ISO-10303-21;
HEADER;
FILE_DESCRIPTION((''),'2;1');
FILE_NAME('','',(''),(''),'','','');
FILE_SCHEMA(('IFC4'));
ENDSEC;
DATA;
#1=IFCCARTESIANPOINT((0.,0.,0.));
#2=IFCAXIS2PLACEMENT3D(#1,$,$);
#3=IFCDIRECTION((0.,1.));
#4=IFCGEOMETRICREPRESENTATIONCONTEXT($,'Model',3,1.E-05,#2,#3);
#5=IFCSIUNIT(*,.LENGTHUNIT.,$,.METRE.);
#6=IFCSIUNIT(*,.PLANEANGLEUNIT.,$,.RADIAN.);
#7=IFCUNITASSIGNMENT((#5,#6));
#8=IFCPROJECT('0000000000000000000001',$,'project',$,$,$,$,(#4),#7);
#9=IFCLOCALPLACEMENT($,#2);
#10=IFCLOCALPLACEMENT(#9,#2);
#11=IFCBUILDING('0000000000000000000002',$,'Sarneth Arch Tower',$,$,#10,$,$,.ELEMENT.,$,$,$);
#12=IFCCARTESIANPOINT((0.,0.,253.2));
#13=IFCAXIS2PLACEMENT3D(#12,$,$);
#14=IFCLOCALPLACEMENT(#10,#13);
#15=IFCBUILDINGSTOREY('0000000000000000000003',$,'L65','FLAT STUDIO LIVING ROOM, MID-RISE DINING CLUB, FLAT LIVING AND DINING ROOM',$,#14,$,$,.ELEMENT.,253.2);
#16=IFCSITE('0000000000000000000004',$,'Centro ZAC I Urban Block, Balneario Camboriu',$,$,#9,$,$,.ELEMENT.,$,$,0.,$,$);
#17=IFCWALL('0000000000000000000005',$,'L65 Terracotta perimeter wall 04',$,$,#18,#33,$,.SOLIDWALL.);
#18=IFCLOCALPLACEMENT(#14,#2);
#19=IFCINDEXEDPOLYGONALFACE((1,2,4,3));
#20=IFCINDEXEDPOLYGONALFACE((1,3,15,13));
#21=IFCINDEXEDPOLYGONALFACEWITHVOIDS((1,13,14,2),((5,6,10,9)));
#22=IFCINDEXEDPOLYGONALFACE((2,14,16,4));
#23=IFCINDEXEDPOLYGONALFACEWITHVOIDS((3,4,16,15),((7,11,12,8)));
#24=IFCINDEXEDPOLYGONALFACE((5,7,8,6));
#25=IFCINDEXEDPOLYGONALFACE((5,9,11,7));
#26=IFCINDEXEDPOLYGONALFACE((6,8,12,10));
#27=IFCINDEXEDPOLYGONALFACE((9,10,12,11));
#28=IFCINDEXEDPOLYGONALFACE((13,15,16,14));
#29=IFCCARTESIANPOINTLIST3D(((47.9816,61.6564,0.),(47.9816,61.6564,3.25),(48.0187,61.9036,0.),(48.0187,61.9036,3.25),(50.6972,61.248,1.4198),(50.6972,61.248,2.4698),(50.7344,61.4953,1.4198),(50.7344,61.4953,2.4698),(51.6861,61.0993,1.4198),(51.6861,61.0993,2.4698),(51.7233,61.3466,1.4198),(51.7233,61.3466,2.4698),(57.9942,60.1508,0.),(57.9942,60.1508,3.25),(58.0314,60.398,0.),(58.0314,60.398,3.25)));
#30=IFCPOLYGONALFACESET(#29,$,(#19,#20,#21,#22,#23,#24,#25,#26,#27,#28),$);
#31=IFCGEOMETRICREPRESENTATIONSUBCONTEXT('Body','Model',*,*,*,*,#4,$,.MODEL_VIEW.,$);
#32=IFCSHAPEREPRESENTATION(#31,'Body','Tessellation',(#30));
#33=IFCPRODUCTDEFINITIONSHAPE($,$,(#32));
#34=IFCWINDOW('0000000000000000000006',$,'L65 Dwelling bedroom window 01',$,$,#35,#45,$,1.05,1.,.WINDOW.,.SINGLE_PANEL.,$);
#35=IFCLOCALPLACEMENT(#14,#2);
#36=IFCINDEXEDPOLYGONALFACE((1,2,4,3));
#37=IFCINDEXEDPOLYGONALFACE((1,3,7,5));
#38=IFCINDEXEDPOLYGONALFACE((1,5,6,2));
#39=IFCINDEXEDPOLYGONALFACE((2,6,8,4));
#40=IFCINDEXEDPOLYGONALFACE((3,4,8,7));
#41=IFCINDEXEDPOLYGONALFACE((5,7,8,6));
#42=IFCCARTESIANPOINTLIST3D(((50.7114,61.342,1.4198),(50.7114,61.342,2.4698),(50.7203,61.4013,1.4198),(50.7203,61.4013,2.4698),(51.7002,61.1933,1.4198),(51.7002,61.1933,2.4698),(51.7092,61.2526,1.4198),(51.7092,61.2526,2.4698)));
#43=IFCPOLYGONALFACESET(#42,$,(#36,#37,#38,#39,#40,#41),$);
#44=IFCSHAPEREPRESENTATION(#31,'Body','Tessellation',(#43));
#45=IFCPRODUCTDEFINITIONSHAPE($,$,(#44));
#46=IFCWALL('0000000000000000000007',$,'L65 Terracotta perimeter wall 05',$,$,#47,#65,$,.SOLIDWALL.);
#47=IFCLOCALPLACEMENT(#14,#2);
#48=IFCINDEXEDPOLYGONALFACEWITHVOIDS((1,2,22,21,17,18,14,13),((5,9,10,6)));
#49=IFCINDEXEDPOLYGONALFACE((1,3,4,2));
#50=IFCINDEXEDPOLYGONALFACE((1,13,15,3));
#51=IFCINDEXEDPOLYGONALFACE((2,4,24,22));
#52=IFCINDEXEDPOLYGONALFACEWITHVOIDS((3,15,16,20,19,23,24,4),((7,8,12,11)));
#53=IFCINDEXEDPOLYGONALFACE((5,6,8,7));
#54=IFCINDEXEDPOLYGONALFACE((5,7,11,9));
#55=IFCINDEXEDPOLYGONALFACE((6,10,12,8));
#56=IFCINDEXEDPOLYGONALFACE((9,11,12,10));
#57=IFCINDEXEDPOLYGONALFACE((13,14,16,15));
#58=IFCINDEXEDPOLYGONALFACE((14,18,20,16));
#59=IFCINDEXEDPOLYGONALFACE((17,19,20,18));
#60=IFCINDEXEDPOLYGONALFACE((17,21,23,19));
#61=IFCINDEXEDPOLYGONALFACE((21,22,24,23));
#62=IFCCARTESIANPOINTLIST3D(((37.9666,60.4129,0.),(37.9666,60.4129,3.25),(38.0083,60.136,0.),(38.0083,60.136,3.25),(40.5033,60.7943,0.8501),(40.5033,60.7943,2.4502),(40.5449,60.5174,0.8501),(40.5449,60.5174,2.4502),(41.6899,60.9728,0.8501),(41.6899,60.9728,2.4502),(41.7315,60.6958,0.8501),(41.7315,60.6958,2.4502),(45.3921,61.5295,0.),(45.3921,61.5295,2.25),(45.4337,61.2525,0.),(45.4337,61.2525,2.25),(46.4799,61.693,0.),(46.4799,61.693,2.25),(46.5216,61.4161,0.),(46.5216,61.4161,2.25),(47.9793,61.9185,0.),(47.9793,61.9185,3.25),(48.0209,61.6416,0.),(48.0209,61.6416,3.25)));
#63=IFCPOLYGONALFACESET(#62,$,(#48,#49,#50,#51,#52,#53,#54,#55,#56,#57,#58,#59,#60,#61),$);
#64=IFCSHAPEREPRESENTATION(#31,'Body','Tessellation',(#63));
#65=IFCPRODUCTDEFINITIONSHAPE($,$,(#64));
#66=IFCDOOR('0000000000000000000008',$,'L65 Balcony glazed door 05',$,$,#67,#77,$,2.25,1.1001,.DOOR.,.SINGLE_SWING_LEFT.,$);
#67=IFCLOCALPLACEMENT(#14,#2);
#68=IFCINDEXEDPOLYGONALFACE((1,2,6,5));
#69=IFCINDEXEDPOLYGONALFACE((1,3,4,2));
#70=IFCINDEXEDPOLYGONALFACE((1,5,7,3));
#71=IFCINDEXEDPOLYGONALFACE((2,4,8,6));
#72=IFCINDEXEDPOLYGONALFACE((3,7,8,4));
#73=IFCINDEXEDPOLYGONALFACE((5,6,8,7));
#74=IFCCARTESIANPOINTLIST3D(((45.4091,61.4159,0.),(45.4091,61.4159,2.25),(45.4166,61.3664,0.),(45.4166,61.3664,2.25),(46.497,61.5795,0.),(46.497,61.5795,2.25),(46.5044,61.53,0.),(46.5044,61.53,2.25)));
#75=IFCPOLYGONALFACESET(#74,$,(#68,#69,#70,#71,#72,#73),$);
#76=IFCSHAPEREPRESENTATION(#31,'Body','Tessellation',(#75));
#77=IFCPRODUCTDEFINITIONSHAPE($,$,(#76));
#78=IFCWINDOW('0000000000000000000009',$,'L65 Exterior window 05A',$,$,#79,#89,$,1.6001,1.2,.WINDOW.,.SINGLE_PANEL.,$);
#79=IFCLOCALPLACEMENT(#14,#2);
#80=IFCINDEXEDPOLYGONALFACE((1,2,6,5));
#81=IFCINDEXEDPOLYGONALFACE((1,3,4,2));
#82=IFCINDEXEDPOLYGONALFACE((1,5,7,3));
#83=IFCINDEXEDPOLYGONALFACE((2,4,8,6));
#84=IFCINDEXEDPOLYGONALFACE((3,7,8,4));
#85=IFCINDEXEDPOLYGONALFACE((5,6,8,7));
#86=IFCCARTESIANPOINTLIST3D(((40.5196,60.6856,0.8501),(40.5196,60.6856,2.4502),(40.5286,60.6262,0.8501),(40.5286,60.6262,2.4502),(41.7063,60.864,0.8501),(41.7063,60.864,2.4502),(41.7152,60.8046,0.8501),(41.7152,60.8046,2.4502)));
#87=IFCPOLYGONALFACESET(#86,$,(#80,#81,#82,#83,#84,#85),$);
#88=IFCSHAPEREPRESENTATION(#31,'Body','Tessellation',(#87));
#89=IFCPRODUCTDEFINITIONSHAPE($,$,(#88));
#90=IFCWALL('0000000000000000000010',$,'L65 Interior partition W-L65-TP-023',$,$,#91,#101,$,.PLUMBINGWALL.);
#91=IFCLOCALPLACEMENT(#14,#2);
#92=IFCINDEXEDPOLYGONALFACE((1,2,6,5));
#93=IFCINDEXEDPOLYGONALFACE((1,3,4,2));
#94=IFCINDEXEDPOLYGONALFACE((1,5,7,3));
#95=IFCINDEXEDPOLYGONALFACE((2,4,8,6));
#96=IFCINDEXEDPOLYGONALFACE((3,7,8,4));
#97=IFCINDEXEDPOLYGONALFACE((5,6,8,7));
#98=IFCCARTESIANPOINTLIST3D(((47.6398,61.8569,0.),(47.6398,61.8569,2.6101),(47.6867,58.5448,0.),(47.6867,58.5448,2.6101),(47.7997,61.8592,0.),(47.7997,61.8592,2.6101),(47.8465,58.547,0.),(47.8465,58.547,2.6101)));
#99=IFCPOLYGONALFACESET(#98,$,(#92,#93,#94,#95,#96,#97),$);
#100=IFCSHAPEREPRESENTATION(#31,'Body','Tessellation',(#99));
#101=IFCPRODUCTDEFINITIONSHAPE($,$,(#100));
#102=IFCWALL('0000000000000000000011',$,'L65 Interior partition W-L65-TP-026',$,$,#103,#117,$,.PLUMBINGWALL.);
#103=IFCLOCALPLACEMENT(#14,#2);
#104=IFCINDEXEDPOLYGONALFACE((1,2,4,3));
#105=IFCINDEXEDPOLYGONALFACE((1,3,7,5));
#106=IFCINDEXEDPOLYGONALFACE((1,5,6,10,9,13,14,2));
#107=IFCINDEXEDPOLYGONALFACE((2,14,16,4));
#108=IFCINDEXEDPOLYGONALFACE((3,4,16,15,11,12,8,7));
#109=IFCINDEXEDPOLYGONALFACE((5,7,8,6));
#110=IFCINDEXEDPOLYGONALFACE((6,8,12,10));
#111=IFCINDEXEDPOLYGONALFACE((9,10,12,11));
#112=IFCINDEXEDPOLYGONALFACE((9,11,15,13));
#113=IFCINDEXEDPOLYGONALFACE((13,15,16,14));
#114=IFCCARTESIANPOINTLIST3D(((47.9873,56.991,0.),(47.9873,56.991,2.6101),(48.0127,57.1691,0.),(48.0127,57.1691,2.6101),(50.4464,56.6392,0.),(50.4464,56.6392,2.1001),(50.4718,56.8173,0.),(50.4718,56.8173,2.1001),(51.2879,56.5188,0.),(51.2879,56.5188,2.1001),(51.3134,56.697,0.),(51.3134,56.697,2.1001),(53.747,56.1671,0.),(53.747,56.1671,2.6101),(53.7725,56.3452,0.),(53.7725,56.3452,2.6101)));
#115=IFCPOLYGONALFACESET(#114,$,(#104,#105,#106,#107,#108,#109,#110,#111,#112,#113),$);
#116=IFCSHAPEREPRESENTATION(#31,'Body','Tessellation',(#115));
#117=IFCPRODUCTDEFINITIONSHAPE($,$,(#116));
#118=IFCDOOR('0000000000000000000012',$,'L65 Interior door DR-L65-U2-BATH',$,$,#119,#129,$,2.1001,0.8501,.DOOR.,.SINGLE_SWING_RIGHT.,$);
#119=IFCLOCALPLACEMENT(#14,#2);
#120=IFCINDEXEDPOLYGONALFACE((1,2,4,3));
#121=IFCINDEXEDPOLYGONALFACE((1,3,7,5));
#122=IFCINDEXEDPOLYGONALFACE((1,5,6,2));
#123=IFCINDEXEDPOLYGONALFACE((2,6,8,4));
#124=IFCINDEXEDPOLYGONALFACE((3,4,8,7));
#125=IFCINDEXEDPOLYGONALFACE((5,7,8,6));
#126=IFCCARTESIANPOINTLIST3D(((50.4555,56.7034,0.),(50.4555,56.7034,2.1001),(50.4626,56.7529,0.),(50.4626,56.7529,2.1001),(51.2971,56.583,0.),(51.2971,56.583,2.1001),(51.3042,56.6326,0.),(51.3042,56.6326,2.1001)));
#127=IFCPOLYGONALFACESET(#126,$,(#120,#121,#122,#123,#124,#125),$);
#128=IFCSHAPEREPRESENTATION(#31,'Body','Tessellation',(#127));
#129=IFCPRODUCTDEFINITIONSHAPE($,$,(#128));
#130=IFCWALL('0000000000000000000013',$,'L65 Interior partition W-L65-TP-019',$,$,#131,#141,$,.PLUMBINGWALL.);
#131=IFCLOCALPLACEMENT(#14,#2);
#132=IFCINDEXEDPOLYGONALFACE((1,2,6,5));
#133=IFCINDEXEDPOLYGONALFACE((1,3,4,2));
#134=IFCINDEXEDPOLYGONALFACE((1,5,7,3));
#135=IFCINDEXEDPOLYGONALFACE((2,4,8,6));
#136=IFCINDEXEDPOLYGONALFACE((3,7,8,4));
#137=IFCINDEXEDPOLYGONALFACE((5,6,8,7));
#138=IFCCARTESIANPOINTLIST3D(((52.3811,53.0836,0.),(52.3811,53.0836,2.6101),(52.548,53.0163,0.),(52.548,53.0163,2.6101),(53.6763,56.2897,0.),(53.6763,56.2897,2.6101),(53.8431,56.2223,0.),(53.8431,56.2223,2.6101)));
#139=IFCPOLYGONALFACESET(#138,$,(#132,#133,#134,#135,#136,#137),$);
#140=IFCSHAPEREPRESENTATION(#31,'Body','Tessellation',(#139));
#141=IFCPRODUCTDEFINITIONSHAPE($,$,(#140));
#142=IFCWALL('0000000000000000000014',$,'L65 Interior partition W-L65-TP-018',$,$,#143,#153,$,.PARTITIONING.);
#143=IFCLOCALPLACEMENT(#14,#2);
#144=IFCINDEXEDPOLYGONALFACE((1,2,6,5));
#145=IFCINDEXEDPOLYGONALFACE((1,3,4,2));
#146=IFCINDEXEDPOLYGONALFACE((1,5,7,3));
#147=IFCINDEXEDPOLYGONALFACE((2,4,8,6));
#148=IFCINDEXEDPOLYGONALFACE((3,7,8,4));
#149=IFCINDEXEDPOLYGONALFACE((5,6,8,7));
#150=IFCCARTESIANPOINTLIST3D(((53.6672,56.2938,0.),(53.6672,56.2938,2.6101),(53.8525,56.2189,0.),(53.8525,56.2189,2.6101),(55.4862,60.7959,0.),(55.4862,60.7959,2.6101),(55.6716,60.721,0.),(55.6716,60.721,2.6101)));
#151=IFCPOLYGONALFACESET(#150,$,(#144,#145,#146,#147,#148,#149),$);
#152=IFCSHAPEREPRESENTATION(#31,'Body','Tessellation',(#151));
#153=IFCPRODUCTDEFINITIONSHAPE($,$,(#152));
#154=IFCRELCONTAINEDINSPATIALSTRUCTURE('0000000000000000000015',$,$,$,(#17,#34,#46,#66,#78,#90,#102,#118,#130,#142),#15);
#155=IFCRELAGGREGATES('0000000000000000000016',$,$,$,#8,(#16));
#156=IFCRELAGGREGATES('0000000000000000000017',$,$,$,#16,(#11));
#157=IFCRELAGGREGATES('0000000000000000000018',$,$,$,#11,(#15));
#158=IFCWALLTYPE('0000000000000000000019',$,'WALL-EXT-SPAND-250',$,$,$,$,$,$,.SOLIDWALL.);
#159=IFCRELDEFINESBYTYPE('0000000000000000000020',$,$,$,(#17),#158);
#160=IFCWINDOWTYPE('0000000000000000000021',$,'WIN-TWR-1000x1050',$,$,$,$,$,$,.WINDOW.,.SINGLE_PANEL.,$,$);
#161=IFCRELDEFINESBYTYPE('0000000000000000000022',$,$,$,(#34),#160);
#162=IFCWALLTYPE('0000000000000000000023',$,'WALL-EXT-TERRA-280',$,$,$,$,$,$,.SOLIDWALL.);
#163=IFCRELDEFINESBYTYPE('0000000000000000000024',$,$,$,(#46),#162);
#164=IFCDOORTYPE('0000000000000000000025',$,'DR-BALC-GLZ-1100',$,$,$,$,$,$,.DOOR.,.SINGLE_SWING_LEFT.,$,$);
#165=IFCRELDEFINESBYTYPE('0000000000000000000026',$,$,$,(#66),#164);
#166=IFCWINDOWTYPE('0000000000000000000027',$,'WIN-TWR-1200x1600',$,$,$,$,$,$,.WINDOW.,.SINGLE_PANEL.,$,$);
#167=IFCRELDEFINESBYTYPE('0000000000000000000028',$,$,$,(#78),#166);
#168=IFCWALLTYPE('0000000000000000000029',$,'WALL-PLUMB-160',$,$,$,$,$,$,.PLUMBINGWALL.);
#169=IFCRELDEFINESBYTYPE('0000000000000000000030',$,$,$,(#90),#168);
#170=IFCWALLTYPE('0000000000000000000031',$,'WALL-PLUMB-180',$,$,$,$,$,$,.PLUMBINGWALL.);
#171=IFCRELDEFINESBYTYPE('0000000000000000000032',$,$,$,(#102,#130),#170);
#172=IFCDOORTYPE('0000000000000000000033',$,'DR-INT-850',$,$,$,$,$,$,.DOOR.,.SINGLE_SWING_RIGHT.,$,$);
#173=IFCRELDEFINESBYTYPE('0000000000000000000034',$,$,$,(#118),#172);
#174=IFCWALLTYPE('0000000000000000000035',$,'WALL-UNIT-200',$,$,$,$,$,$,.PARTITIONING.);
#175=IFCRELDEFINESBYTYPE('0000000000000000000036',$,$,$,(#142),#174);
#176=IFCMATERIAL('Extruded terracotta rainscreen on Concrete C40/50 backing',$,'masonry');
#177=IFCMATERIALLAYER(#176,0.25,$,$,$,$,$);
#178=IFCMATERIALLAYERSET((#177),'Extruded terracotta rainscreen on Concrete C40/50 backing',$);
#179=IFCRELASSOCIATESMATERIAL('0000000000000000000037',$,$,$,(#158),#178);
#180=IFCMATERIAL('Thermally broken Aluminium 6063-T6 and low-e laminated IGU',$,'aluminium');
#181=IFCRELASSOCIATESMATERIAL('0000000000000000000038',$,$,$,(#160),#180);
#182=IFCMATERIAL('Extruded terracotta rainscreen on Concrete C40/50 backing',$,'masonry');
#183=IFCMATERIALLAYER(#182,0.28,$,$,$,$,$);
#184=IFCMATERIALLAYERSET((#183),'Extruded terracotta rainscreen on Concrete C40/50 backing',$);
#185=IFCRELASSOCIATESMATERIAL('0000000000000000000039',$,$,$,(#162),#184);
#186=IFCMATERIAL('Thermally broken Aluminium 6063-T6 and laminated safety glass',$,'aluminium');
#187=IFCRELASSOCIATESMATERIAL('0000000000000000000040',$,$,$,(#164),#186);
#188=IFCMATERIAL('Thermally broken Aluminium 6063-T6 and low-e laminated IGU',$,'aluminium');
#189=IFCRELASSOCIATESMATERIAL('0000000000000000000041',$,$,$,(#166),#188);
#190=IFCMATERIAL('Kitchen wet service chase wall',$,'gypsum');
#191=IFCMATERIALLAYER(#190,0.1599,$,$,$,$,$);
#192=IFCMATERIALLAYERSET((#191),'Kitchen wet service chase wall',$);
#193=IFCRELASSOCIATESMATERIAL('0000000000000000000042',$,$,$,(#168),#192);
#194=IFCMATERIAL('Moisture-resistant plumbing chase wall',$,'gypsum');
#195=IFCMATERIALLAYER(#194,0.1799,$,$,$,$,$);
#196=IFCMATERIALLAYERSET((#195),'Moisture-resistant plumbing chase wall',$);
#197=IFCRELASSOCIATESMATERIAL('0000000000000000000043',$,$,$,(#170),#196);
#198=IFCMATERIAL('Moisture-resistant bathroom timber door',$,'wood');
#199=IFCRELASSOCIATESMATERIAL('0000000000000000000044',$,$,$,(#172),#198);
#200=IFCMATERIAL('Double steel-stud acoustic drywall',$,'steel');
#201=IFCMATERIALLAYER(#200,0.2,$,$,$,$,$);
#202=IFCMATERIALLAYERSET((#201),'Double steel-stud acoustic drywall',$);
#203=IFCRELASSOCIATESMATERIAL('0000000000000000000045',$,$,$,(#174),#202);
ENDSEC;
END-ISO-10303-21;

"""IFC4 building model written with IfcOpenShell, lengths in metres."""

from ifc_helpers import new_model, si_unit, direction, frame, frame_2d, origin, place, context, subcontext, project, spatial, rectangle, extrude, material, layer, layer_set, type_object, element, fill, save


model = new_model("IFC4")

# Units and contexts
model_context = context("Model", 3, precision=1e-05, world=origin(), true_north=direction((0.0, 1.0)))
body_context = subcontext(model_context, "Body", "Model", "MODEL_VIEW")
ifc_project = project(units=[si_unit("LENGTHUNIT", "METRE"), si_unit("PLANEANGLEUNIT", "RADIAN")], contexts=[model_context])

# Site, building, storey
site_placement = place(None, origin())
site = spatial("IfcSite", under=ifc_project, at=site_placement, Name="Centro ZAC I Urban Block, Balneario Camboriu", CompositionType="ELEMENT", RefElevation=0.0)
building_placement = place(site_placement, origin())
building = spatial("IfcBuilding", under=site, at=building_placement, Name="Sarneth Arch Tower", CompositionType="ELEMENT")
storey_placement = place(building_placement, frame((0.0, 0.0, 253.2)))
storey = spatial("IfcBuildingStorey", under=building, at=storey_placement, Name="L65", Description="FLAT STUDIO LIVING ROOM, MID-RISE DINING CLUB, FLAT LIVING AND DINING ROOM", CompositionType="ELEMENT", Elevation=253.2)

# Wall, opening, window
ifc_material_1 = material(Name="Extruded terracotta rainscreen on Concrete C40/50 backing", Category="masonry")
ifc_layer_1 = layer(ifc_material_1, 0.25)
ifc_layer_set_1 = layer_set([ifc_layer_1], Name="Extruded terracotta rainscreen on Concrete C40/50 backing")
wall_type_1 = type_object("IfcWallType", Name="WALL-EXT-SPAND-250", PredefinedType="SOLIDWALL", material=ifc_layer_set_1)
wall_1_placement = place(storey_placement, frame((58.0127, 60.2744, 0.0), z_axis=(0.0, 0.0, 1.0), x_axis=(-0.988883, 0.148699, 0.0)))
wall_1 = element("IfcWall", 1, at=wall_1_placement, inside=storey, type_object=wall_type_1, Name="L65 Terracotta perimeter wall 04", PredefinedType="SOLIDWALL", context=body_context, shape_type="SweptSolid", body=[
    extrude(rectangle(XDim=10.1252, YDim=0.25, at=frame_2d((5.0625, 0.0))), origin(), (0.0, 0.0, 1.0), 3.25),
])
opening_1_placement = place(wall_1_placement, frame((6.3789, 0.0, 1.4199)))
opening_1 = element("IfcOpeningElement", 2, at=opening_1_placement, cuts=wall_1, PredefinedType="OPENING", context=body_context, shape_type="SweptSolid", body=[
    extrude(rectangle(XDim=1.0, YDim=1.05, at=frame_2d((0.5, 0.5249))), frame((0.0, 0.135, 0.0), z_axis=(0.0, -1.0, 0.0), x_axis=(1.0, 0.0, 0.0)), (0.0, 0.0, 1.0), 0.27),
])
ifc_material_2 = material(Name="Thermally broken Aluminium 6063-T6 and low-e laminated IGU", Category="aluminium")
window_type_1 = type_object("IfcWindowType", Name="WIN-TWR-1000x1050", PartitioningType="SINGLE_PANEL", PredefinedType="WINDOW", material=ifc_material_2)
window_1_placement = place(opening_1_placement, origin())
window_1 = element("IfcWindow", 3, at=window_1_placement, inside=storey, type_object=window_type_1, Name="L65 Dwelling bedroom window 01", OverallHeight=1.05, OverallWidth=1.0, PartitioningType="SINGLE_PANEL", PredefinedType="WINDOW", context=body_context, shape_type="SweptSolid", body=[
    extrude(rectangle(XDim=1.0, YDim=1.05, at=frame_2d((0.5, 0.5249))), frame((0.0, 0.03, 0.0), z_axis=(0.0, -1.0, 0.0), x_axis=(1.0, 0.0, 0.0)), (0.0, 0.0, 1.0), 0.0601),
])
fill(opening_1, window_1)

# Wall, openings, door, window
ifc_material_3 = material(Name="Extruded terracotta rainscreen on Concrete C40/50 backing", Category="masonry")
ifc_layer_2 = layer(ifc_material_3, 0.28)
ifc_layer_set_2 = layer_set([ifc_layer_2], Name="Extruded terracotta rainscreen on Concrete C40/50 backing")
wall_type_2 = type_object("IfcWallType", Name="WALL-EXT-TERRA-280", PredefinedType="SOLIDWALL", material=ifc_layer_set_2)
wall_2_placement = place(storey_placement, frame((48.0, 61.78, 0.0), z_axis=(0.0, 0.0, 1.0), x_axis=(-0.988883, -0.148699, 0.0)))
wall_2 = element("IfcWall", 4, at=wall_2_placement, inside=storey, type_object=wall_type_2, Name="L65 Terracotta perimeter wall 05", PredefinedType="SOLIDWALL", context=body_context, shape_type="SweptSolid", body=[
    extrude(rectangle(XDim=10.1252, YDim=0.28, at=frame_2d((5.0625, 0.0))), origin(), (0.0, 0.0, 1.0), 3.25),
])
opening_2_placement = place(wall_2_placement, frame((1.5161, 0.0, 0.0)))
opening_2 = element("IfcOpeningElement", 5, at=opening_2_placement, cuts=wall_2, PredefinedType="OPENING", context=body_context, shape_type="SweptSolid", body=[
    extrude(rectangle(XDim=1.1001, YDim=2.25, at=frame_2d((0.55, 1.125))), frame((0.0, 0.1499, 0.0), z_axis=(0.0, -1.0, 0.0), x_axis=(1.0, 0.0, 0.0)), (0.0, 0.0, 1.0), 0.3),
])
opening_3_placement = place(wall_2_placement, frame((6.3599, 0.0, 0.8501)))
opening_3 = element("IfcOpeningElement", 6, at=opening_3_placement, cuts=wall_2, PredefinedType="OPENING", context=body_context, shape_type="SweptSolid", body=[
    extrude(rectangle(XDim=1.2, YDim=1.6001, at=frame_2d((0.6001, 0.8))), frame((0.0, 0.1499, 0.0), z_axis=(0.0, -1.0, 0.0), x_axis=(1.0, 0.0, 0.0)), (0.0, 0.0, 1.0), 0.3),
])
ifc_material_4 = material(Name="Thermally broken Aluminium 6063-T6 and laminated safety glass", Category="aluminium")
door_type_1 = type_object("IfcDoorType", Name="DR-BALC-GLZ-1100", OperationType="SINGLE_SWING_LEFT", PredefinedType="DOOR", material=ifc_material_4)
door_1_placement = place(opening_2_placement, origin())
door_1 = element("IfcDoor", 7, at=door_1_placement, inside=storey, type_object=door_type_1, Name="L65 Balcony glazed door 05", OperationType="SINGLE_SWING_LEFT", OverallHeight=2.25, OverallWidth=1.1001, PredefinedType="DOOR", context=body_context, shape_type="SweptSolid", body=[
    extrude(rectangle(XDim=1.1001, YDim=2.25, at=frame_2d((0.55, 1.125))), frame((0.0, 0.0249, 0.0), z_axis=(0.0, -1.0, 0.0), x_axis=(1.0, 0.0, 0.0)), (0.0, 0.0, 1.0), 0.05),
])
fill(opening_2, door_1)
ifc_material_5 = material(Name="Thermally broken Aluminium 6063-T6 and low-e laminated IGU", Category="aluminium")
window_type_2 = type_object("IfcWindowType", Name="WIN-TWR-1200x1600", PartitioningType="SINGLE_PANEL", PredefinedType="WINDOW", material=ifc_material_5)
window_2_placement = place(opening_3_placement, origin())
window_2 = element("IfcWindow", 8, at=window_2_placement, inside=storey, type_object=window_type_2, Name="L65 Exterior window 05A", OverallHeight=1.6001, OverallWidth=1.2, PartitioningType="SINGLE_PANEL", PredefinedType="WINDOW", context=body_context, shape_type="SweptSolid", body=[
    extrude(rectangle(XDim=1.2, YDim=1.6001, at=frame_2d((0.6001, 0.8))), frame((0.0, 0.03, 0.0), z_axis=(0.0, -1.0, 0.0), x_axis=(1.0, 0.0, 0.0)), (0.0, 0.0, 1.0), 0.0601),
])
fill(opening_3, window_2)

# Wall
ifc_material_6 = material(Name="Kitchen wet service chase wall", Category="gypsum")
ifc_layer_3 = layer(ifc_material_6, 0.1599)
ifc_layer_set_3 = layer_set([ifc_layer_3], Name="Kitchen wet service chase wall")
wall_type_3 = type_object("IfcWallType", Name="WALL-PLUMB-160", PredefinedType="PLUMBINGWALL", material=ifc_layer_set_3)
wall_3_placement = place(storey_placement, frame((47.7666, 58.5459, 0.0), z_axis=(0.0, 0.0, 1.0), x_axis=(-0.014151, 0.9999, 0.0)))
element("IfcWall", 9, at=wall_3_placement, inside=storey, type_object=wall_type_3, Name="L65 Interior partition W-L65-TP-023", PredefinedType="PLUMBINGWALL", context=body_context, shape_type="SweptSolid", body=[
    extrude(rectangle(XDim=3.3125, YDim=0.1599, at=frame_2d((1.6562, 0.0))), origin(), (0.0, 0.0, 1.0), 2.6101),
])

# Wall, opening, door
ifc_material_7 = material(Name="Moisture-resistant plumbing chase wall", Category="gypsum")
ifc_layer_4 = layer(ifc_material_7, 0.1799)
ifc_layer_set_4 = layer_set([ifc_layer_4], Name="Moisture-resistant plumbing chase wall")
wall_type_4 = type_object("IfcWallType", Name="WALL-PLUMB-180", PredefinedType="PLUMBINGWALL", material=ifc_layer_set_4)
wall_4_placement = place(storey_placement, frame((48.0, 57.0801, 0.0), z_axis=(0.0, 0.0, 1.0), x_axis=(0.989922, -0.141615, 0.0)))
wall_4 = element("IfcWall", 10, at=wall_4_placement, inside=storey, type_object=wall_type_4, Name="L65 Interior partition W-L65-TP-026", PredefinedType="PLUMBINGWALL", context=body_context, shape_type="SweptSolid", body=[
    extrude(rectangle(XDim=5.8184, YDim=0.1799, at=frame_2d((2.9092, 0.0))), origin(), (0.0, 0.0, 1.0), 2.6101),
])
opening_4_placement = place(wall_4_placement, frame((2.4841, 0.0, 0.0)))
opening_4 = element("IfcOpeningElement", 11, at=opening_4_placement, cuts=wall_4, PredefinedType="OPENING", context=body_context, shape_type="SweptSolid", body=[
    extrude(rectangle(XDim=0.8501, YDim=2.1001, at=frame_2d((0.425, 1.05))), frame((0.0, 0.0999, 0.0), z_axis=(0.0, -1.0, 0.0), x_axis=(1.0, 0.0, 0.0)), (0.0, 0.0, 1.0), 0.2),
])
ifc_material_8 = material(Name="Moisture-resistant bathroom timber door", Category="wood")
door_type_2 = type_object("IfcDoorType", Name="DR-INT-850", OperationType="SINGLE_SWING_RIGHT", PredefinedType="DOOR", material=ifc_material_8)
door_2_placement = place(opening_4_placement, origin())
door_2 = element("IfcDoor", 12, at=door_2_placement, inside=storey, type_object=door_type_2, Name="L65 Interior door DR-L65-U2-BATH", OperationType="SINGLE_SWING_RIGHT", OverallHeight=2.1001, OverallWidth=0.8501, PredefinedType="DOOR", context=body_context, shape_type="SweptSolid", body=[
    extrude(rectangle(XDim=0.8501, YDim=2.1001, at=frame_2d((0.425, 1.05))), frame((0.0, 0.0249, 0.0), z_axis=(0.0, -1.0, 0.0), x_axis=(1.0, 0.0, 0.0)), (0.0, 0.0, 1.0), 0.05),
])
fill(opening_4, door_2)

# Walls
wall_5_placement = place(storey_placement, frame((53.7598, 56.2561, 0.0), z_axis=(0.0, 0.0, 1.0), x_axis=(-0.374566, -0.9272, 0.0)))
element("IfcWall", 13, at=wall_5_placement, inside=storey, type_object=wall_type_4, Name="L65 Interior partition W-L65-TP-019", PredefinedType="PLUMBINGWALL", context=body_context, shape_type="SweptSolid", body=[
    extrude(rectangle(XDim=3.4578, YDim=0.1799, at=frame_2d((1.729, 0.0))), origin(), (0.0, 0.0, 1.0), 2.6101),
])
ifc_material_9 = material(Name="Double steel-stud acoustic drywall", Category="steel")
ifc_layer_5 = layer(ifc_material_9, 0.2)
ifc_layer_set_5 = layer_set([ifc_layer_5], Name="Double steel-stud acoustic drywall")
wall_type_5 = type_object("IfcWallType", Name="WALL-UNIT-200", PredefinedType="PARTITIONING", material=ifc_layer_set_5)
wall_6_placement = place(storey_placement, frame((55.5789, 60.7583, 0.0), z_axis=(0.0, 0.0, 1.0), x_axis=(-0.374622, -0.927178, 0.0)))
element("IfcWall", 14, at=wall_6_placement, inside=storey, type_object=wall_type_5, Name="L65 Interior partition W-L65-TP-018", PredefinedType="PARTITIONING", context=body_context, shape_type="SweptSolid", body=[
    extrude(rectangle(XDim=4.8557, YDim=0.2, at=frame_2d((2.4277, 0.0))), origin(), (0.0, 0.0, 1.0), 2.6101),
])

save(model, "model.ifc")
